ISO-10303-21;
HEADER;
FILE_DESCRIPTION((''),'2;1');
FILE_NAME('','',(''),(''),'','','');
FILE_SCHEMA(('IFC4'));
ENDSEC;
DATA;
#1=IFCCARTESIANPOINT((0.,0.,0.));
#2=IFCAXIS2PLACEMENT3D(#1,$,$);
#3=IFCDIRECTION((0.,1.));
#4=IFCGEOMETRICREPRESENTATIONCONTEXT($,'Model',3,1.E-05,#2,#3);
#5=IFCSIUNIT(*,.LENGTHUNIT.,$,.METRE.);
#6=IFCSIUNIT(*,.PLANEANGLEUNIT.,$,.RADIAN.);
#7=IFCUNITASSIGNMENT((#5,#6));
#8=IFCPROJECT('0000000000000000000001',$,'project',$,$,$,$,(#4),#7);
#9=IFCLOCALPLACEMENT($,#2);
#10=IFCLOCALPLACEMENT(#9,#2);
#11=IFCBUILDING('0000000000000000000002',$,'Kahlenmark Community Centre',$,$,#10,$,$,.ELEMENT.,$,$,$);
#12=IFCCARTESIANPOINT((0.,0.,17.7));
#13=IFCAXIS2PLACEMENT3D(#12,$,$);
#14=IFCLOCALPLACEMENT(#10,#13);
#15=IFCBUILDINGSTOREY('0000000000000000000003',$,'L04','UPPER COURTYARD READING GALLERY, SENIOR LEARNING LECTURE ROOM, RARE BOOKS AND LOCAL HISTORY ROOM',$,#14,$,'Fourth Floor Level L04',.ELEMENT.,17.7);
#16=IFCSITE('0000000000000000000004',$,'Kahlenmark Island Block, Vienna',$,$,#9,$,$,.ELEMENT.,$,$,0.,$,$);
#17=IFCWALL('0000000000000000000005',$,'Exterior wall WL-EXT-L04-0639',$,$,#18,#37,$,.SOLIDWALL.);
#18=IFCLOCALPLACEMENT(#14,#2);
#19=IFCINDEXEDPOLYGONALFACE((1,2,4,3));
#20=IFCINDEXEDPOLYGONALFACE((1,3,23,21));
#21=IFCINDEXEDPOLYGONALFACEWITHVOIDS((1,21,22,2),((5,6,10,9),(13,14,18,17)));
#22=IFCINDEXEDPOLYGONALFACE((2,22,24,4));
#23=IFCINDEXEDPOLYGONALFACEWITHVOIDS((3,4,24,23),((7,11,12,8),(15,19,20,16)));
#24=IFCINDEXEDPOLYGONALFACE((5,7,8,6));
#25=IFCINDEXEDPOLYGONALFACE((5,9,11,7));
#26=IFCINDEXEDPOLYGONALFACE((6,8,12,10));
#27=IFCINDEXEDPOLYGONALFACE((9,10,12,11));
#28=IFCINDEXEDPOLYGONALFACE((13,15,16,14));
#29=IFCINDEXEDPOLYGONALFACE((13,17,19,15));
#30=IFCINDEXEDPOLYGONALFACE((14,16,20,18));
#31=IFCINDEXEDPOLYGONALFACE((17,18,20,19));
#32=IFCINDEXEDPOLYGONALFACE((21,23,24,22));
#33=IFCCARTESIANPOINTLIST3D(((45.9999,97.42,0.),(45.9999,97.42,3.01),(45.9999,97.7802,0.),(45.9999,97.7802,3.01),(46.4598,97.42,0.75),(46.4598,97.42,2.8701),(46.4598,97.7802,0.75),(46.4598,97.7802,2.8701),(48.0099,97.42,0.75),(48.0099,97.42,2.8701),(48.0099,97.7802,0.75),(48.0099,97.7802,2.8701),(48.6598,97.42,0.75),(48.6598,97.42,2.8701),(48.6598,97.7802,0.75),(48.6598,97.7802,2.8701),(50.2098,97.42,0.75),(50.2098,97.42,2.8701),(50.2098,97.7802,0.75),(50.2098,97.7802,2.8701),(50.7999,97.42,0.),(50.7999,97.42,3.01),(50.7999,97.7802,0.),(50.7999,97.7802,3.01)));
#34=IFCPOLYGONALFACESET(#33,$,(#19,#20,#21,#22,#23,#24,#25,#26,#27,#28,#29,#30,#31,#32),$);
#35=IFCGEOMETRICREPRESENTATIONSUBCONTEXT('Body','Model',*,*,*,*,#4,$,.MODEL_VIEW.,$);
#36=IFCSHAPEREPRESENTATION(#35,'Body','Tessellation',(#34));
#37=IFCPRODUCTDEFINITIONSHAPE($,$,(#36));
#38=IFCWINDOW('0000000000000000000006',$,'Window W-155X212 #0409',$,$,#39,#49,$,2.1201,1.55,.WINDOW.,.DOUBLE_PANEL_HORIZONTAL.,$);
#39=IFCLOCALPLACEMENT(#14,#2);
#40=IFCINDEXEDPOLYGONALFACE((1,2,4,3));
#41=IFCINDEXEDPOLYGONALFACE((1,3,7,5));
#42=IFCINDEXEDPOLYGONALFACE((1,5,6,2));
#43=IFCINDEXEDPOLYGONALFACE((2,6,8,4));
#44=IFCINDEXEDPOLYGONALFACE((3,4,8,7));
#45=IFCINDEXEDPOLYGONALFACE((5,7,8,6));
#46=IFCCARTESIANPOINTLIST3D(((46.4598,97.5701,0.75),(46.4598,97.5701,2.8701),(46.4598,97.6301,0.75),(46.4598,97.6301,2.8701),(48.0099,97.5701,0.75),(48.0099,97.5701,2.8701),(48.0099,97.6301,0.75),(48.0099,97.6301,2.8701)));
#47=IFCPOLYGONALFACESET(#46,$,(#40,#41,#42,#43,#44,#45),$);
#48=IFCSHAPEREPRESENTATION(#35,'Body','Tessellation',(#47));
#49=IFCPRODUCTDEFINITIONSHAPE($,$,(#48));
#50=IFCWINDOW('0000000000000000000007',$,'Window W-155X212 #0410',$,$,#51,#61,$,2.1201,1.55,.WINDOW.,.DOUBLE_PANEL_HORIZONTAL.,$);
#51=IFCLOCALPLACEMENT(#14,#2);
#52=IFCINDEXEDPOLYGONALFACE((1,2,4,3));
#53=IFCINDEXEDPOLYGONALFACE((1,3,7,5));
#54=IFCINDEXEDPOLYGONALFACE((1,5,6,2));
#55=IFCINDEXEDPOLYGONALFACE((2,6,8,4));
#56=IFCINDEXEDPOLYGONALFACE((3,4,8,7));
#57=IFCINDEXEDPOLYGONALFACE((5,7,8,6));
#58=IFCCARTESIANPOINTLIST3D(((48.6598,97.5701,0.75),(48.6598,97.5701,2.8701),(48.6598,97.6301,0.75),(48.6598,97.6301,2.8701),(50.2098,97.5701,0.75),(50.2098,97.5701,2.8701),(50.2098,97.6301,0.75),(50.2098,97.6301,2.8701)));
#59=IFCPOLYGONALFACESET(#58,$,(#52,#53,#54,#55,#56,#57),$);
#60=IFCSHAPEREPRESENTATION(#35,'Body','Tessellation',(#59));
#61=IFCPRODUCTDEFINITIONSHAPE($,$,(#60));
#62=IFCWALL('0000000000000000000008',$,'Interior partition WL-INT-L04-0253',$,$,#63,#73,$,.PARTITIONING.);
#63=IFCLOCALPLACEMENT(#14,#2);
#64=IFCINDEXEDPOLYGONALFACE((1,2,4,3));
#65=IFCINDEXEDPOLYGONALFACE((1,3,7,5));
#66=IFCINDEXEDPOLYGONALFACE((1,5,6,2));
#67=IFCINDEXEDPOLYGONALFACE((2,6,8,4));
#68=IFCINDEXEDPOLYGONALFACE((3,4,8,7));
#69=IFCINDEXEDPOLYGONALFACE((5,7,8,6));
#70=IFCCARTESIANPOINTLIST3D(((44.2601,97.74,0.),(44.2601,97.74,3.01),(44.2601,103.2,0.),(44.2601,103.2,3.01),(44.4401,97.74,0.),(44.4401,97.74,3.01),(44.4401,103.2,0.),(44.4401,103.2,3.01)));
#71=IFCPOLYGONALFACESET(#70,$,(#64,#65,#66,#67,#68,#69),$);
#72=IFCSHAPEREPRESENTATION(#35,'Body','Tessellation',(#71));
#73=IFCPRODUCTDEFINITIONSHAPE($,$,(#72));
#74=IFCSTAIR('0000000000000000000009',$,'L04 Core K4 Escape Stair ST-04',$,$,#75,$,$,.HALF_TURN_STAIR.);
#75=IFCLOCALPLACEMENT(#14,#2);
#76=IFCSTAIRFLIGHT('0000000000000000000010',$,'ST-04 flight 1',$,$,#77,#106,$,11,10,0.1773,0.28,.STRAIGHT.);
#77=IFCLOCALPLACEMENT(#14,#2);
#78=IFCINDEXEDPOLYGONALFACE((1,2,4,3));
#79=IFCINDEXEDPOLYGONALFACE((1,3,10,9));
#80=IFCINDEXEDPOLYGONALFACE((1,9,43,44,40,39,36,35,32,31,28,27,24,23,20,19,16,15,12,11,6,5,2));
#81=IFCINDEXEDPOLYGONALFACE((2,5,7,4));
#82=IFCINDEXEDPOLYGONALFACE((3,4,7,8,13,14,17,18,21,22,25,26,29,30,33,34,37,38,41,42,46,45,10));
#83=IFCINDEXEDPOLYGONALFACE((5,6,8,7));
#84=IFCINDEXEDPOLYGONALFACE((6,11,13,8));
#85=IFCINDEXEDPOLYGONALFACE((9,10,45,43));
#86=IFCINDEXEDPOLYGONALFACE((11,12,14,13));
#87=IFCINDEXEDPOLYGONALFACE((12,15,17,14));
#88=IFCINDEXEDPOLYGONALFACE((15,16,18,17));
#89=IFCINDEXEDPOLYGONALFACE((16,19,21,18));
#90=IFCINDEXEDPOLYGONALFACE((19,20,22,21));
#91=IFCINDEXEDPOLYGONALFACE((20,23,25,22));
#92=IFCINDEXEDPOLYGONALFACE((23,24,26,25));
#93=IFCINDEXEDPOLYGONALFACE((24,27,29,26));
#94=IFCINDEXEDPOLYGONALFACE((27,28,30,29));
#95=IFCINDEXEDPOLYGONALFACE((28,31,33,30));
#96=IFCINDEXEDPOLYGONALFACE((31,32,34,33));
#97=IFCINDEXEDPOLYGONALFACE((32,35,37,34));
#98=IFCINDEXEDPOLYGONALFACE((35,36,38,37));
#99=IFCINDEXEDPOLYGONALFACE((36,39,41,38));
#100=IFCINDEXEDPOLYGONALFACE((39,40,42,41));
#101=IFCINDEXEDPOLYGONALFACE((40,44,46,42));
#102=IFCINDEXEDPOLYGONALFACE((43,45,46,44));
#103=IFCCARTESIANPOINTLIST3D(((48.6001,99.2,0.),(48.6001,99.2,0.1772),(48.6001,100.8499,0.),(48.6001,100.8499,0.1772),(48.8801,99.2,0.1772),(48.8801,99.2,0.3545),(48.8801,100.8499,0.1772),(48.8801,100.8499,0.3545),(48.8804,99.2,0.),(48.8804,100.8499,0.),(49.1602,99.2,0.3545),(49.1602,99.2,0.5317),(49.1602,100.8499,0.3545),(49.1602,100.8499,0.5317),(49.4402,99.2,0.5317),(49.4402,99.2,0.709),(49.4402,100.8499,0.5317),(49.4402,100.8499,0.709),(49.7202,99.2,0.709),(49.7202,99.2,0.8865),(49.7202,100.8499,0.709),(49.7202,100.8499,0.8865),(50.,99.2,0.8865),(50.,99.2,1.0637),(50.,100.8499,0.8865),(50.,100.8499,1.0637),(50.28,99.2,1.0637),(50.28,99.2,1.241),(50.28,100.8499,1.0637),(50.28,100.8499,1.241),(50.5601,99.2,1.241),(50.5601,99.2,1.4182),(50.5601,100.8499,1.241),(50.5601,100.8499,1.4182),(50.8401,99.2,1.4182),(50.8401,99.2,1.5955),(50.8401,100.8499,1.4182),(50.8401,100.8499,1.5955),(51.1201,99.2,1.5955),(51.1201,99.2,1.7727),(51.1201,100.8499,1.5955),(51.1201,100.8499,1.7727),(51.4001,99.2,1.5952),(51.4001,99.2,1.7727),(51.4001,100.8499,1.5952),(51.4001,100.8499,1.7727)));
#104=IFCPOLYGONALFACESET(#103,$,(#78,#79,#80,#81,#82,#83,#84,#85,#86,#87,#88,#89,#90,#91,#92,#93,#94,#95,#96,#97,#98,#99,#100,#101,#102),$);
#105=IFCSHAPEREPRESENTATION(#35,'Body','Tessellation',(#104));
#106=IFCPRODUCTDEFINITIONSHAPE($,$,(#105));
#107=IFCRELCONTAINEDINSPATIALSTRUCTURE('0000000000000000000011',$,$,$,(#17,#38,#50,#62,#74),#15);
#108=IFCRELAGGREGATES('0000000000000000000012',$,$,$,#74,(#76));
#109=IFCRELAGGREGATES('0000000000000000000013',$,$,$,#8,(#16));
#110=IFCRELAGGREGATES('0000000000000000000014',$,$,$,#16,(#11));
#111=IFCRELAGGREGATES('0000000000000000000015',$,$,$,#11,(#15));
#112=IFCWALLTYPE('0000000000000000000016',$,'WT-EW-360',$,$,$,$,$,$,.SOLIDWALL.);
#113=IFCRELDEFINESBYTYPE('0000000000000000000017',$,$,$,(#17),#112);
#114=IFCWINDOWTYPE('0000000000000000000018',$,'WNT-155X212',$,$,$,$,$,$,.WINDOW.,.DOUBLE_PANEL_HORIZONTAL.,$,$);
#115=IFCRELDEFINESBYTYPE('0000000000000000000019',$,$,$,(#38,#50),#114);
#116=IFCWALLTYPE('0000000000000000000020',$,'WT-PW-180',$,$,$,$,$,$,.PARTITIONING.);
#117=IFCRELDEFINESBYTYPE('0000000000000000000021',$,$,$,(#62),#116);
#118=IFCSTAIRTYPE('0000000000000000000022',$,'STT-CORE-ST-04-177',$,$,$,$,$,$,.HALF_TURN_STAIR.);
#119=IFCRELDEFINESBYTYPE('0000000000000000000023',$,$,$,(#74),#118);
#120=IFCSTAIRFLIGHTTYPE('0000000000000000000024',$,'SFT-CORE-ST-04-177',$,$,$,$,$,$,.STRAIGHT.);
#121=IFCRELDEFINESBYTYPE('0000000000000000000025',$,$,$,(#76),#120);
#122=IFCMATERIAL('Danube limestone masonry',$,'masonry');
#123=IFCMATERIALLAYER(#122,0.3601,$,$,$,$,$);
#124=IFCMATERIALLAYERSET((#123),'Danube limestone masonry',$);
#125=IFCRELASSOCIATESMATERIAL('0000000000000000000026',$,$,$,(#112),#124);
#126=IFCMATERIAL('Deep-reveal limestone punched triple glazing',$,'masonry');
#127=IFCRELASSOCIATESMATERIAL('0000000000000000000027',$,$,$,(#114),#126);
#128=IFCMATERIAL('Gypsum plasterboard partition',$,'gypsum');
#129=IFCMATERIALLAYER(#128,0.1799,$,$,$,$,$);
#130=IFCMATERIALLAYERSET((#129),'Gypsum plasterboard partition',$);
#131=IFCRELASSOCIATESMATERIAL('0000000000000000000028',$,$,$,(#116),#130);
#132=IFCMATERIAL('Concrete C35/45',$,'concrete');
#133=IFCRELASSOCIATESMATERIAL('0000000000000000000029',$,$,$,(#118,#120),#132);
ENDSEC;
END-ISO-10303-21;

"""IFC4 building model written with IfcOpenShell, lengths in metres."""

from ifc_helpers import new_model, si_unit, direction, frame, frame_2d, origin, place, context, subcontext, project, spatial, polyline, rectangle, outline, extrude, material, layer, layer_set, type_object, element, fill, aggregate, save


model = new_model("IFC4")

# Units and contexts
model_context = context("Model", 3, precision=1e-05, world=origin(), true_north=direction((0.0, 1.0)))
body_context = subcontext(model_context, "Body", "Model", "MODEL_VIEW")
ifc_project = project(units=[si_unit("LENGTHUNIT", "METRE"), si_unit("PLANEANGLEUNIT", "RADIAN")], contexts=[model_context])

# Site, building, storey
site_placement = place(None, origin())
site = spatial("IfcSite", under=ifc_project, at=site_placement, Name="Kahlenmark Island Block, Vienna", CompositionType="ELEMENT", RefElevation=0.0)
building_placement = place(site_placement, origin())
building = spatial("IfcBuilding", under=site, at=building_placement, Name="Kahlenmark Community Centre", CompositionType="ELEMENT")
storey_placement = place(building_placement, frame((0.0, 0.0, 17.7)))
storey = spatial("IfcBuildingStorey", under=building, at=storey_placement, Name="L04", Description="UPPER COURTYARD READING GALLERY, SENIOR LEARNING LECTURE ROOM, RARE BOOKS AND LOCAL HISTORY ROOM", LongName="Fourth Floor Level L04", CompositionType="ELEMENT", Elevation=17.7)

# Shared definitions
ifc_material_1 = material(Name="Concrete C35/45", Category="concrete")

# Wall, openings, windows
ifc_material_2 = material(Name="Danube limestone masonry", Category="masonry")
ifc_layer_1 = layer(ifc_material_2, 0.3601)
ifc_layer_set_1 = layer_set([ifc_layer_1], Name="Danube limestone masonry")
wall_type_1 = type_object("IfcWallType", Name="WT-EW-360", PredefinedType="SOLIDWALL", material=ifc_layer_set_1)
wall_1_placement = place(storey_placement, frame((46.0, 97.6001, 0.0), z_axis=(0.0, 0.0, 1.0), x_axis=(1.0, 0.0, 0.0)))
wall_1 = element("IfcWall", 1, at=wall_1_placement, inside=storey, type_object=wall_type_1, Name="Exterior wall WL-EXT-L04-0639", PredefinedType="SOLIDWALL", context=body_context, shape_type="SweptSolid", body=[
    extrude(rectangle(XDim=4.8, YDim=0.3601, at=frame_2d((2.3999, 0.0))), origin(), (0.0, 0.0, 1.0), 3.01),
])
opening_1_placement = place(wall_1_placement, frame((0.46, 0.0, 0.75)))
opening_1 = element("IfcOpeningElement", 2, at=opening_1_placement, cuts=wall_1, PredefinedType="OPENING", context=body_context, shape_type="SweptSolid", body=[
    extrude(rectangle(XDim=1.55, YDim=2.1201, at=frame_2d((0.7749, 1.0601))), frame((0.0, 0.1899, 0.0), z_axis=(0.0, -1.0, 0.0), x_axis=(1.0, 0.0, 0.0)), (0.0, 0.0, 1.0), 0.3801),
])
opening_2_placement = place(wall_1_placement, frame((2.6599, 0.0, 0.75)))
opening_2 = element("IfcOpeningElement", 3, at=opening_2_placement, cuts=wall_1, PredefinedType="OPENING", context=body_context, shape_type="SweptSolid", body=[
    extrude(rectangle(XDim=1.55, YDim=2.1201, at=frame_2d((0.7749, 1.0601))), frame((0.0, 0.1899, 0.0), z_axis=(0.0, -1.0, 0.0), x_axis=(1.0, 0.0, 0.0)), (0.0, 0.0, 1.0), 0.3801),
])
ifc_material_3 = material(Name="Deep-reveal limestone punched triple glazing", Category="masonry")
window_type = type_object("IfcWindowType", Name="WNT-155X212", PartitioningType="DOUBLE_PANEL_HORIZONTAL", PredefinedType="WINDOW", material=ifc_material_3)
window_1_placement = place(opening_1_placement, origin())
window_1 = element("IfcWindow", 4, at=window_1_placement, inside=storey, type_object=window_type, Name="Window W-155X212 #0409", OverallHeight=2.1201, OverallWidth=1.55, PartitioningType="DOUBLE_PANEL_HORIZONTAL", PredefinedType="WINDOW", context=body_context, shape_type="SweptSolid", body=[
    extrude(rectangle(XDim=1.55, YDim=2.1201, at=frame_2d((0.7749, 1.0601))), frame((0.0, 0.03, 0.0), z_axis=(0.0, -1.0, 0.0), x_axis=(1.0, 0.0, 0.0)), (0.0, 0.0, 1.0), 0.0601),
])
fill(opening_1, window_1)
window_2_placement = place(opening_2_placement, origin())
window_2 = element("IfcWindow", 5, at=window_2_placement, inside=storey, type_object=window_type, Name="Window W-155X212 #0410", OverallHeight=2.1201, OverallWidth=1.55, PartitioningType="DOUBLE_PANEL_HORIZONTAL", PredefinedType="WINDOW", context=body_context, shape_type="SweptSolid", body=[
    extrude(rectangle(XDim=1.55, YDim=2.1201, at=frame_2d((0.7749, 1.0601))), frame((0.0, 0.03, 0.0), z_axis=(0.0, -1.0, 0.0), x_axis=(1.0, 0.0, 0.0)), (0.0, 0.0, 1.0), 0.0601),
])
fill(opening_2, window_2)

# Wall
ifc_material_4 = material(Name="Gypsum plasterboard partition", Category="gypsum")
ifc_layer_2 = layer(ifc_material_4, 0.1799)
ifc_layer_set_2 = layer_set([ifc_layer_2], Name="Gypsum plasterboard partition")
wall_type_2 = type_object("IfcWallType", Name="WT-PW-180", PredefinedType="PARTITIONING", material=ifc_layer_set_2)
wall_2_placement = place(storey_placement, frame((44.3501, 97.74, 0.0), z_axis=(0.0, 0.0, 1.0), x_axis=(0.0, 1.0, 0.0)))
element("IfcWall", 6, at=wall_2_placement, inside=storey, type_object=wall_type_2, Name="Interior partition WL-INT-L04-0253", PredefinedType="PARTITIONING", context=body_context, shape_type="SweptSolid", body=[
    extrude(rectangle(XDim=5.46, YDim=0.1799, at=frame_2d((2.73, 0.0))), origin(), (0.0, 0.0, 1.0), 3.01),
])

# Stair, stair flight
stair_type = type_object("IfcStairType", Name="STT-CORE-ST-04-177", PredefinedType="HALF_TURN_STAIR", material=ifc_material_1)
stair_placement = place(storey_placement, origin())
stair = element("IfcStair", 7, at=stair_placement, inside=storey, type_object=stair_type, Name="L04 Core K4 Escape Stair ST-04", PredefinedType="HALF_TURN_STAIR")
stair_flight_type = type_object("IfcStairFlightType", Name="SFT-CORE-ST-04-177", PredefinedType="STRAIGHT", material=ifc_material_1)
stair_flight_placement = place(storey_placement, frame((48.6001, 100.0249, 0.0), z_axis=(0.0, 0.0, 1.0), x_axis=(1.0, 0.0, 0.0)))
stair_flight = element("IfcStairFlight", 8, at=stair_flight_placement, type_object=stair_flight_type, Name="ST-04 flight 1", NumberOfRisers=11, NumberOfTreads=10, PredefinedType="STRAIGHT", RiserHeight=0.1773, TreadLength=0.28, context=body_context, shape_type="SweptSolid", body=[
    extrude(outline(polyline([(0.0, 0.0), (0.0, 0.1772), (0.28, 0.1772), (0.28, 0.3545), (0.5601, 0.3545), (0.5601, 0.5317), (0.8401, 0.5317), (0.8401, 0.709), (1.1201, 0.709), (1.1201, 0.8865), (1.3999, 0.8865), (1.3999, 1.0637), (1.6799, 1.0637), (1.6799, 1.241), (1.96, 1.241), (1.96, 1.4182), (2.24, 1.4182), (2.24, 1.5955), (2.52, 1.5955), (2.52, 1.7727), (2.8, 1.7727), (2.8, 1.95), (2.8, 1.5952), (0.2803, 0.0), (0.0, 0.0)])), frame((0.0, 0.825, 0.0), z_axis=(0.0, -1.0, 0.0), x_axis=(1.0, 0.0, 0.0)), (0.0, 0.0, 1.0), 1.6499),
])
aggregate(stair, [stair_flight])

save(model, "model.ifc")
